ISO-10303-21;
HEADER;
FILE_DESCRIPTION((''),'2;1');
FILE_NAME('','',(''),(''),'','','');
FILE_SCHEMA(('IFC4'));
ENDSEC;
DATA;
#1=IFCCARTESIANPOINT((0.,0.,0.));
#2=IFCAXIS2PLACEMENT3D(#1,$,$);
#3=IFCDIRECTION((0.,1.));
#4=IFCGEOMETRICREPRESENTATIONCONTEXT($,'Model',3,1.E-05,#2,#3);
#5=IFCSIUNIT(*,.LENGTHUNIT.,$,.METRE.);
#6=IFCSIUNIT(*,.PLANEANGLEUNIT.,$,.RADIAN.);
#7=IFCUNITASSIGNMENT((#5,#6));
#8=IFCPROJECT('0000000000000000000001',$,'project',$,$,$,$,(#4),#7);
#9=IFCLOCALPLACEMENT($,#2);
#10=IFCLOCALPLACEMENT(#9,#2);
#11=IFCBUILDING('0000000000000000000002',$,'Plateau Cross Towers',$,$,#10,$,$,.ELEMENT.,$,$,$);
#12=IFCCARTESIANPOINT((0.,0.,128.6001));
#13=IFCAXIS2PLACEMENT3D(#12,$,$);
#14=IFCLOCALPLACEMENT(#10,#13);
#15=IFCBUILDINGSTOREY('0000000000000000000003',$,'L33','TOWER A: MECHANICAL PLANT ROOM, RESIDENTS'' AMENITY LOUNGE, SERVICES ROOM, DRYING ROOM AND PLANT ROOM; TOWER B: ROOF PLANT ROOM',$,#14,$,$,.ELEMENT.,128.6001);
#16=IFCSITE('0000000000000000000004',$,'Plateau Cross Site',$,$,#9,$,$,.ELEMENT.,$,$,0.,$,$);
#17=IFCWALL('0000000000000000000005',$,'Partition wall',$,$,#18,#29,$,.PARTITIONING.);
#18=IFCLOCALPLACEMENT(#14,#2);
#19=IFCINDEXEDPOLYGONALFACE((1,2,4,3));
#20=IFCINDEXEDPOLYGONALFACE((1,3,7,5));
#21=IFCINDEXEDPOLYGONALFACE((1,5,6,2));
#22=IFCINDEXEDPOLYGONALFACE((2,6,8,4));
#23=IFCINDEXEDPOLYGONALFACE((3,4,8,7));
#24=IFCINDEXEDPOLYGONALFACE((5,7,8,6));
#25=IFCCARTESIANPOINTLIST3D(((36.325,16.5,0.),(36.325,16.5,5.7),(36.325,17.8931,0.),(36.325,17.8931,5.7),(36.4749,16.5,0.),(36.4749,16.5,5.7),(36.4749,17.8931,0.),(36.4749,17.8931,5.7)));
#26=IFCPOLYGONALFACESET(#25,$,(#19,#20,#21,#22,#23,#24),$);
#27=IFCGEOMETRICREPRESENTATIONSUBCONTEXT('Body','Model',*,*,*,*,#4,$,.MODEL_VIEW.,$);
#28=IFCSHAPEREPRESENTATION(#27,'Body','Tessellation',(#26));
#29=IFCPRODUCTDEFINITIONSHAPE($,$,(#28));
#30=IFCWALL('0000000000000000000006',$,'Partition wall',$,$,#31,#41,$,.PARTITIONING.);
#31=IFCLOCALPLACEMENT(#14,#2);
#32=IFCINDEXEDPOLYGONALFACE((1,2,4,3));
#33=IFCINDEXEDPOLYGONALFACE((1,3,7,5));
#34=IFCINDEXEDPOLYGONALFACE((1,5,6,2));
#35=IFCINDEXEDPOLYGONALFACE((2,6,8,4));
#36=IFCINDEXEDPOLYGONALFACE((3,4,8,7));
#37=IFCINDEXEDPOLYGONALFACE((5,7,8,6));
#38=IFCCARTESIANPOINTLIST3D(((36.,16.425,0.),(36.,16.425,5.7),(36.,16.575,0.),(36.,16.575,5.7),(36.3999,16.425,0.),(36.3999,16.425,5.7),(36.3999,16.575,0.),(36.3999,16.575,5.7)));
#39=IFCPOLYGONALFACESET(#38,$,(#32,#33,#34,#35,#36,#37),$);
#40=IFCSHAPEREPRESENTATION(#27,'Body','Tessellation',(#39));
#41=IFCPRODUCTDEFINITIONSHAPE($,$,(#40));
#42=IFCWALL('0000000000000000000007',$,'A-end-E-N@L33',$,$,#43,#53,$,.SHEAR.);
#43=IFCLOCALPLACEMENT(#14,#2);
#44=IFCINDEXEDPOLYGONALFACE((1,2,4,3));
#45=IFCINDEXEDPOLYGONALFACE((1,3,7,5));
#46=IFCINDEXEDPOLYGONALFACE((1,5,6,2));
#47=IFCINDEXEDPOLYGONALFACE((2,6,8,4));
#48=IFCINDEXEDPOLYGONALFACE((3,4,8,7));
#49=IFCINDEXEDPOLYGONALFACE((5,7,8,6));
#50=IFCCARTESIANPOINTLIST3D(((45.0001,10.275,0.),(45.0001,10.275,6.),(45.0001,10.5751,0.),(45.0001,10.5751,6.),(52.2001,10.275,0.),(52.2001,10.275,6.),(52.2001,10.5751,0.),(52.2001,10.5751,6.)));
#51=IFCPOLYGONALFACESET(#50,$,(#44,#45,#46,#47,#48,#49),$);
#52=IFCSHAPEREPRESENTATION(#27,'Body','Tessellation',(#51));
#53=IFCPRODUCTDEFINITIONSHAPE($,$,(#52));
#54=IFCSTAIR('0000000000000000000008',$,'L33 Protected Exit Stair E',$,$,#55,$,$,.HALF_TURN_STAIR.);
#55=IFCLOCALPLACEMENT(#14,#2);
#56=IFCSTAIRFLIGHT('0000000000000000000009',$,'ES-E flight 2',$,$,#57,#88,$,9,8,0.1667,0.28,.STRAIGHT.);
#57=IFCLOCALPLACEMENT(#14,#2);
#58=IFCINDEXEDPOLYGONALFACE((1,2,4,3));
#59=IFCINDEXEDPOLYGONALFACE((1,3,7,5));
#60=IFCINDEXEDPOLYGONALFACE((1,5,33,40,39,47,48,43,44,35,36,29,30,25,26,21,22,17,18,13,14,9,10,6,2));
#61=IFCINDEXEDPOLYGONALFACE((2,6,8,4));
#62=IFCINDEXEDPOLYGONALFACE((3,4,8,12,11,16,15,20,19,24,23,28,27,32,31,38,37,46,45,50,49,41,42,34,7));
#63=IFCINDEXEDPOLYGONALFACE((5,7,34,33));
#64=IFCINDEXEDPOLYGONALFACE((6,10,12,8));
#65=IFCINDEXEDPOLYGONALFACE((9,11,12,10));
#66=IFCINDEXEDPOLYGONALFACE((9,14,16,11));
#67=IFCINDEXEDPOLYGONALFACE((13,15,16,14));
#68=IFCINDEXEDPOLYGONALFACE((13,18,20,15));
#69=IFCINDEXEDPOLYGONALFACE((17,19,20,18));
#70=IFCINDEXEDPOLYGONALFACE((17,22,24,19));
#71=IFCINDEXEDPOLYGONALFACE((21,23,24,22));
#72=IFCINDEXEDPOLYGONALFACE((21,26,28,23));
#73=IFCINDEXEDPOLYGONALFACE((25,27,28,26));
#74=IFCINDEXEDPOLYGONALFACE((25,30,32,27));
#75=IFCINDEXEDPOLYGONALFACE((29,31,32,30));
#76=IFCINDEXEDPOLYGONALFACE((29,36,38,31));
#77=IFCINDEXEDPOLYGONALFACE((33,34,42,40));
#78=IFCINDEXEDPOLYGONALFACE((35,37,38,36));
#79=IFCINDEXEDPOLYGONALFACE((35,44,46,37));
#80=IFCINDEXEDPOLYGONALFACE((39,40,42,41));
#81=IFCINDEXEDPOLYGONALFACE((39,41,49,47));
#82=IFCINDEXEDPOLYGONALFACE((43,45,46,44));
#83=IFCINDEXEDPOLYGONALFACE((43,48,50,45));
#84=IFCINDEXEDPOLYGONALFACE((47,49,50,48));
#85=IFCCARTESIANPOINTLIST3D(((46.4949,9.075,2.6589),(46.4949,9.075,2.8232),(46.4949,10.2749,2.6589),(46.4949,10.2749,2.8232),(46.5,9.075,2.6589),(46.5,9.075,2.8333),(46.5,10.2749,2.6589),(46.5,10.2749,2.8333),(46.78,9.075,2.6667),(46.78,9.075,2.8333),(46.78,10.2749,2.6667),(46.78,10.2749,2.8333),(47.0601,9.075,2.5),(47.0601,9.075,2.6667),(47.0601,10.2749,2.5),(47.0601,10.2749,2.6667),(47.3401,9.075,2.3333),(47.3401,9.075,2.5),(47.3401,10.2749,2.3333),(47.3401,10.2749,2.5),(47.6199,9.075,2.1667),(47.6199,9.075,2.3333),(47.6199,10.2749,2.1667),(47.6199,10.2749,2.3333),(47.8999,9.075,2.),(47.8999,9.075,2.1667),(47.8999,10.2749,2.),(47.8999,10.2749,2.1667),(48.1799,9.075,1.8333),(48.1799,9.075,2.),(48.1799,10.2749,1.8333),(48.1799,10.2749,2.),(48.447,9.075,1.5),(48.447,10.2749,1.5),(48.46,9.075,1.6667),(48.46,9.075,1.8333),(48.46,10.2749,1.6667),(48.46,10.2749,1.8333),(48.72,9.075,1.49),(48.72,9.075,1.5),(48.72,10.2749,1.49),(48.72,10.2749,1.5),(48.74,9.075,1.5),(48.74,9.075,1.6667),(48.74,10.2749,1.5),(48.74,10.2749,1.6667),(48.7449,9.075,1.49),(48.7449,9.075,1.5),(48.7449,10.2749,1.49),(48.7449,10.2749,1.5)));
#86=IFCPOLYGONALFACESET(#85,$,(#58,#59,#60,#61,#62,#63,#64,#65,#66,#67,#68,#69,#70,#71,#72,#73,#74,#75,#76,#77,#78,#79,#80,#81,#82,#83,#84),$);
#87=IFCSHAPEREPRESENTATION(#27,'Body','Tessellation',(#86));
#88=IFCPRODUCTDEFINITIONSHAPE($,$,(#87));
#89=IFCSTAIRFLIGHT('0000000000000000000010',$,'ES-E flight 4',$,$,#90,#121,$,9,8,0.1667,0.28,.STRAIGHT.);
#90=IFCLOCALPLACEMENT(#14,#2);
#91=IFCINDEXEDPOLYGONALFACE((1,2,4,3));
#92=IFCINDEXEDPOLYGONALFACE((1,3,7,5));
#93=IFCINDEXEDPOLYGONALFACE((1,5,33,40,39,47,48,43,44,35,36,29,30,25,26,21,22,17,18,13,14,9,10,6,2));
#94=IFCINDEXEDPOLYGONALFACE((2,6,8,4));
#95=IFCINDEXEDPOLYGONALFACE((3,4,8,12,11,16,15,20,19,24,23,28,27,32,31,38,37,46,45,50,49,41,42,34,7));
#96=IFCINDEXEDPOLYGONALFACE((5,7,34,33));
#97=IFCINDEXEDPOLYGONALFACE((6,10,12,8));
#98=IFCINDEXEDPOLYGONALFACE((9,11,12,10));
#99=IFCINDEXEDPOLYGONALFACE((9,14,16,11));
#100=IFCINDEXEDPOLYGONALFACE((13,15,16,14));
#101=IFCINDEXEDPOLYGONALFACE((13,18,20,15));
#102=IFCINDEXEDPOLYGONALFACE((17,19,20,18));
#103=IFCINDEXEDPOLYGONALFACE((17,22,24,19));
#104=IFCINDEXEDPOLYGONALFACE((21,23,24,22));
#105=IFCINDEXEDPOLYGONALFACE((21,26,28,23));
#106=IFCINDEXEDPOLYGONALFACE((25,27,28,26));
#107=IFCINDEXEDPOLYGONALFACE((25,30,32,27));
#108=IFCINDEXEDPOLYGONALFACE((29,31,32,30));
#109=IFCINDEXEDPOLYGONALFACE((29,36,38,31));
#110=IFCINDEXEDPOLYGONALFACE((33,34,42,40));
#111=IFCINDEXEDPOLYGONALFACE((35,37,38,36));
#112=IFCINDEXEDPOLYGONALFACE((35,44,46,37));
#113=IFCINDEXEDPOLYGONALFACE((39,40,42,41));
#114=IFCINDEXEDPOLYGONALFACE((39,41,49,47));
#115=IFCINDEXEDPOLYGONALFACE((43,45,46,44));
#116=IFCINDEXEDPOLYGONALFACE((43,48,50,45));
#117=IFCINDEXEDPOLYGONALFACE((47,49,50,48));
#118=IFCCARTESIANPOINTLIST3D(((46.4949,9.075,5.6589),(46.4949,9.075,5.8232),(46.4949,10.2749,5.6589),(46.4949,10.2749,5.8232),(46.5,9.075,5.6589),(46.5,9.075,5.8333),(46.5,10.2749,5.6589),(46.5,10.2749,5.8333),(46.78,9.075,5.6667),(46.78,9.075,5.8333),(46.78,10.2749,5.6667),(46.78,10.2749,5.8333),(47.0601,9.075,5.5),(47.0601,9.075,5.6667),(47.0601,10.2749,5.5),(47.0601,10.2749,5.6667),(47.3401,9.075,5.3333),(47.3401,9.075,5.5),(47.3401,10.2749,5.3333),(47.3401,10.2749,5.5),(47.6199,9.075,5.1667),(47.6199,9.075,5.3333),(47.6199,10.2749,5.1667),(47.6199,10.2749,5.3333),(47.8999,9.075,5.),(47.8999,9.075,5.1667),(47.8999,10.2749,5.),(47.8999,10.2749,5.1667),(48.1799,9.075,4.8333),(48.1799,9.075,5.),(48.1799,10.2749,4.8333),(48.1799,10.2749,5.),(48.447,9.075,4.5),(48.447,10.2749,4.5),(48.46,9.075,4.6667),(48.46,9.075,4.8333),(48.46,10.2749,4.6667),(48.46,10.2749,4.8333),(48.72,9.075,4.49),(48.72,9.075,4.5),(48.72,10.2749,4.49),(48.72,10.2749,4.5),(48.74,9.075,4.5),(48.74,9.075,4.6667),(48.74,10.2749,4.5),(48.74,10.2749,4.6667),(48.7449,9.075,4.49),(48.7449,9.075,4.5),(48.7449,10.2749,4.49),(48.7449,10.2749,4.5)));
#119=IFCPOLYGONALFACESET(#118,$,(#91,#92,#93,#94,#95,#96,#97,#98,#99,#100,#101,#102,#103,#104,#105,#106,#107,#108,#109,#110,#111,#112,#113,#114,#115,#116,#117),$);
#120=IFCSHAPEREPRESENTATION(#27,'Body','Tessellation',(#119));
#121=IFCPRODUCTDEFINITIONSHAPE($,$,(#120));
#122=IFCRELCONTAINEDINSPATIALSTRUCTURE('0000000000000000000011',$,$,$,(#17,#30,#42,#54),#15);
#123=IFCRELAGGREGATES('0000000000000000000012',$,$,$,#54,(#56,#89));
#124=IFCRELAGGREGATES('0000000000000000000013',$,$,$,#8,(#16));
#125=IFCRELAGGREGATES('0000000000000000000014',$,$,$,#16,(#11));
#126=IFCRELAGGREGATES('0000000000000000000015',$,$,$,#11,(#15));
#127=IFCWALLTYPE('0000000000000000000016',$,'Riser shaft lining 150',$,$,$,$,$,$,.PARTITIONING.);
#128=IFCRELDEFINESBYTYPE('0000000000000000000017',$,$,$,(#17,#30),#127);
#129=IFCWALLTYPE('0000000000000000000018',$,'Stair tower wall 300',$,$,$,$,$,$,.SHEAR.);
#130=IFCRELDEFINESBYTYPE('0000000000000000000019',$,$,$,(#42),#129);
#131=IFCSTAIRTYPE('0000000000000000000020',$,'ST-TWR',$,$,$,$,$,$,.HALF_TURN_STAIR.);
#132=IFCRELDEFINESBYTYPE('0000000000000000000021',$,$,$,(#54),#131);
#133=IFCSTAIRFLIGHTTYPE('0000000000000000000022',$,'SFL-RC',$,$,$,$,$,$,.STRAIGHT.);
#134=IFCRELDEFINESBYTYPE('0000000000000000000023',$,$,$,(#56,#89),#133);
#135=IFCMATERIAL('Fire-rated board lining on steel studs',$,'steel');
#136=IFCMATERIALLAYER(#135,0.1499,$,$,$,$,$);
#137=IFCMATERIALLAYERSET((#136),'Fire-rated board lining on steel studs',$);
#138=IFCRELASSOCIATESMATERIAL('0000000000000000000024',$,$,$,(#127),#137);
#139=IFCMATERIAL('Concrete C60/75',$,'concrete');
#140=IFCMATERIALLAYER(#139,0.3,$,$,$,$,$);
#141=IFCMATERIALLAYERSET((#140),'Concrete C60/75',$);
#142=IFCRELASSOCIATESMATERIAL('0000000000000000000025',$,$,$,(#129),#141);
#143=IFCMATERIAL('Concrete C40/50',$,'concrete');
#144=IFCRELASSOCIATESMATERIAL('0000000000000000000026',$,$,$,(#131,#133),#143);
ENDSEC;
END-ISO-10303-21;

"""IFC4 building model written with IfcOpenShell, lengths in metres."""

from ifc_helpers import new_model, si_unit, direction, frame, frame_2d, origin, place, context, subcontext, project, spatial, polyline, rectangle, outline, extrude, material, layer, layer_set, type_object, element, aggregate, save


model = new_model("IFC4")

# Units and contexts
model_context = context("Model", 3, precision=1e-05, world=origin(), true_north=direction((0.0, 1.0)))
body_context = subcontext(model_context, "Body", "Model", "MODEL_VIEW")
ifc_project = project(units=[si_unit("LENGTHUNIT", "METRE"), si_unit("PLANEANGLEUNIT", "RADIAN")], contexts=[model_context])

# Site, building, storey
site_placement = place(None, origin())
site = spatial("IfcSite", under=ifc_project, at=site_placement, Name="Plateau Cross Site", CompositionType="ELEMENT", RefElevation=0.0)
building_placement = place(site_placement, origin())
building = spatial("IfcBuilding", under=site, at=building_placement, Name="Plateau Cross Towers", CompositionType="ELEMENT")
storey_placement = place(building_placement, frame((0.0, 0.0, 128.6001)))
storey = spatial("IfcBuildingStorey", under=building, at=storey_placement, Name="L33", Description="TOWER A: MECHANICAL PLANT ROOM, RESIDENTS' AMENITY LOUNGE, SERVICES ROOM, DRYING ROOM AND PLANT ROOM; TOWER B: ROOF PLANT ROOM", CompositionType="ELEMENT", Elevation=128.6001)

# Walls
ifc_material_1 = material(Name="Fire-rated board lining on steel studs", Category="steel")
ifc_layer_1 = layer(ifc_material_1, 0.1499)
ifc_layer_set_1 = layer_set([ifc_layer_1], Name="Fire-rated board lining on steel studs")
wall_type_1 = type_object("IfcWallType", Name="Riser shaft lining 150", PredefinedType="PARTITIONING", material=ifc_layer_set_1)
wall_1_placement = place(storey_placement, frame((36.3999, 17.8931, 0.0), z_axis=(0.0, 0.0, 1.0), x_axis=(0.0, -1.0, 0.0)))
element("IfcWall", 1, at=wall_1_placement, inside=storey, type_object=wall_type_1, Name="Partition wall", PredefinedType="PARTITIONING", context=body_context, shape_type="SweptSolid", body=[
    extrude(rectangle(XDim=1.3931, YDim=0.1499, at=frame_2d((0.6965, 0.0))), origin(), (0.0, 0.0, 1.0), 5.7),
])
wall_2_placement = place(storey_placement, frame((36.3999, 16.5, 0.0), z_axis=(0.0, 0.0, 1.0), x_axis=(-1.0, 0.0, 0.0)))
element("IfcWall", 2, at=wall_2_placement, inside=storey, type_object=wall_type_1, Name="Partition wall", PredefinedType="PARTITIONING", context=body_context, shape_type="SweptSolid", body=[
    extrude(rectangle(XDim=0.3999, YDim=0.1499, at=frame_2d((0.2, 0.0))), origin(), (0.0, 0.0, 1.0), 5.7),
])
ifc_material_2 = material(Name="Concrete C60/75", Category="concrete")
ifc_layer_2 = layer(ifc_material_2, 0.3)
ifc_layer_set_2 = layer_set([ifc_layer_2], Name="Concrete C60/75")
wall_type_2 = type_object("IfcWallType", Name="Stair tower wall 300", PredefinedType="SHEAR", material=ifc_layer_set_2)
wall_3_placement = place(storey_placement, frame((45.0, 10.425, 0.0), z_axis=(0.0, 0.0, 1.0), x_axis=(1.0, 0.0, 0.0)))
element("IfcWall", 3, at=wall_3_placement, inside=storey, type_object=wall_type_2, Name="A-end-E-N@L33", PredefinedType="SHEAR", context=body_context, shape_type="SweptSolid", body=[
    extrude(rectangle(XDim=7.2, YDim=0.3, at=frame_2d((3.6001, 0.0))), origin(), (0.0, 0.0, 1.0), 6.0),
])

# Stair, stair flights
ifc_material_3 = material(Name="Concrete C40/50", Category="concrete")
stair_type = type_object("IfcStairType", Name="ST-TWR", PredefinedType="HALF_TURN_STAIR", material=ifc_material_3)
stair_placement = place(storey_placement, origin())
stair = element("IfcStair", 4, at=stair_placement, inside=storey, type_object=stair_type, Name="L33 Protected Exit Stair E", PredefinedType="HALF_TURN_STAIR")
stair_flight_type = type_object("IfcStairFlightType", Name="SFL-RC", PredefinedType="STRAIGHT", material=ifc_material_3)
stair_flight_1_placement = place(storey_placement, frame((48.74, 9.675, 1.5), z_axis=(0.0, 0.0, 1.0), x_axis=(-1.0, 0.0, 0.0)))
stair_flight_1 = element("IfcStairFlight", 5, at=stair_flight_1_placement, type_object=stair_flight_type, Name="ES-E flight 2", NumberOfRisers=9, NumberOfTreads=8, PredefinedType="STRAIGHT", RiserHeight=0.1667, TreadLength=0.28, context=body_context, shape_type="SweptSolid", body=[
    extrude(outline(polyline([(-0.0049, -0.01), (-0.0049, 0.0), (0.0, 0.0), (0.0, 0.1667), (0.28, 0.1667), (0.28, 0.3333), (0.5601, 0.3333), (0.5601, 0.5), (0.8401, 0.5), (0.8401, 0.6667), (1.1201, 0.6667), (1.1201, 0.8333), (1.3999, 0.8333), (1.3999, 1.0), (1.6799, 1.0), (1.6799, 1.1667), (1.96, 1.1667), (1.96, 1.3333), (2.24, 1.3333), (2.2451, 1.3232), (2.2451, 1.1589), (2.24, 1.1589), (0.293, 0.0), (0.02, 0.0), (0.02, -0.01), (-0.0049, -0.01)])), frame((0.0, 0.6001, 0.0), z_axis=(0.0, -1.0, 0.0), x_axis=(1.0, 0.0, 0.0)), (0.0, 0.0, 1.0), 1.2),
])
stair_flight_2_placement = place(storey_placement, frame((48.74, 9.675, 4.5), z_axis=(0.0, 0.0, 1.0), x_axis=(-1.0, 0.0, 0.0)))
stair_flight_2 = element("IfcStairFlight", 6, at=stair_flight_2_placement, type_object=stair_flight_type, Name="ES-E flight 4", NumberOfRisers=9, NumberOfTreads=8, PredefinedType="STRAIGHT", RiserHeight=0.1667, TreadLength=0.28, context=body_context, shape_type="SweptSolid", body=[
    extrude(outline(polyline([(-0.0049, -0.01), (-0.0049, 0.0), (0.0, 0.0), (0.0, 0.1667), (0.28, 0.1667), (0.28, 0.3333), (0.5601, 0.3333), (0.5601, 0.5), (0.8401, 0.5), (0.8401, 0.6667), (1.1201, 0.6667), (1.1201, 0.8333), (1.3999, 0.8333), (1.3999, 1.0), (1.6799, 1.0), (1.6799, 1.1667), (1.96, 1.1667), (1.96, 1.3333), (2.24, 1.3333), (2.2451, 1.3232), (2.2451, 1.1589), (2.24, 1.1589), (0.293, 0.0), (0.02, 0.0), (0.02, -0.01), (-0.0049, -0.01)])), frame((0.0, 0.6001, 0.0), z_axis=(0.0, -1.0, 0.0), x_axis=(1.0, 0.0, 0.0)), (0.0, 0.0, 1.0), 1.2),
])
aggregate(stair, [stair_flight_1, stair_flight_2])

save(model, "model.ifc")
